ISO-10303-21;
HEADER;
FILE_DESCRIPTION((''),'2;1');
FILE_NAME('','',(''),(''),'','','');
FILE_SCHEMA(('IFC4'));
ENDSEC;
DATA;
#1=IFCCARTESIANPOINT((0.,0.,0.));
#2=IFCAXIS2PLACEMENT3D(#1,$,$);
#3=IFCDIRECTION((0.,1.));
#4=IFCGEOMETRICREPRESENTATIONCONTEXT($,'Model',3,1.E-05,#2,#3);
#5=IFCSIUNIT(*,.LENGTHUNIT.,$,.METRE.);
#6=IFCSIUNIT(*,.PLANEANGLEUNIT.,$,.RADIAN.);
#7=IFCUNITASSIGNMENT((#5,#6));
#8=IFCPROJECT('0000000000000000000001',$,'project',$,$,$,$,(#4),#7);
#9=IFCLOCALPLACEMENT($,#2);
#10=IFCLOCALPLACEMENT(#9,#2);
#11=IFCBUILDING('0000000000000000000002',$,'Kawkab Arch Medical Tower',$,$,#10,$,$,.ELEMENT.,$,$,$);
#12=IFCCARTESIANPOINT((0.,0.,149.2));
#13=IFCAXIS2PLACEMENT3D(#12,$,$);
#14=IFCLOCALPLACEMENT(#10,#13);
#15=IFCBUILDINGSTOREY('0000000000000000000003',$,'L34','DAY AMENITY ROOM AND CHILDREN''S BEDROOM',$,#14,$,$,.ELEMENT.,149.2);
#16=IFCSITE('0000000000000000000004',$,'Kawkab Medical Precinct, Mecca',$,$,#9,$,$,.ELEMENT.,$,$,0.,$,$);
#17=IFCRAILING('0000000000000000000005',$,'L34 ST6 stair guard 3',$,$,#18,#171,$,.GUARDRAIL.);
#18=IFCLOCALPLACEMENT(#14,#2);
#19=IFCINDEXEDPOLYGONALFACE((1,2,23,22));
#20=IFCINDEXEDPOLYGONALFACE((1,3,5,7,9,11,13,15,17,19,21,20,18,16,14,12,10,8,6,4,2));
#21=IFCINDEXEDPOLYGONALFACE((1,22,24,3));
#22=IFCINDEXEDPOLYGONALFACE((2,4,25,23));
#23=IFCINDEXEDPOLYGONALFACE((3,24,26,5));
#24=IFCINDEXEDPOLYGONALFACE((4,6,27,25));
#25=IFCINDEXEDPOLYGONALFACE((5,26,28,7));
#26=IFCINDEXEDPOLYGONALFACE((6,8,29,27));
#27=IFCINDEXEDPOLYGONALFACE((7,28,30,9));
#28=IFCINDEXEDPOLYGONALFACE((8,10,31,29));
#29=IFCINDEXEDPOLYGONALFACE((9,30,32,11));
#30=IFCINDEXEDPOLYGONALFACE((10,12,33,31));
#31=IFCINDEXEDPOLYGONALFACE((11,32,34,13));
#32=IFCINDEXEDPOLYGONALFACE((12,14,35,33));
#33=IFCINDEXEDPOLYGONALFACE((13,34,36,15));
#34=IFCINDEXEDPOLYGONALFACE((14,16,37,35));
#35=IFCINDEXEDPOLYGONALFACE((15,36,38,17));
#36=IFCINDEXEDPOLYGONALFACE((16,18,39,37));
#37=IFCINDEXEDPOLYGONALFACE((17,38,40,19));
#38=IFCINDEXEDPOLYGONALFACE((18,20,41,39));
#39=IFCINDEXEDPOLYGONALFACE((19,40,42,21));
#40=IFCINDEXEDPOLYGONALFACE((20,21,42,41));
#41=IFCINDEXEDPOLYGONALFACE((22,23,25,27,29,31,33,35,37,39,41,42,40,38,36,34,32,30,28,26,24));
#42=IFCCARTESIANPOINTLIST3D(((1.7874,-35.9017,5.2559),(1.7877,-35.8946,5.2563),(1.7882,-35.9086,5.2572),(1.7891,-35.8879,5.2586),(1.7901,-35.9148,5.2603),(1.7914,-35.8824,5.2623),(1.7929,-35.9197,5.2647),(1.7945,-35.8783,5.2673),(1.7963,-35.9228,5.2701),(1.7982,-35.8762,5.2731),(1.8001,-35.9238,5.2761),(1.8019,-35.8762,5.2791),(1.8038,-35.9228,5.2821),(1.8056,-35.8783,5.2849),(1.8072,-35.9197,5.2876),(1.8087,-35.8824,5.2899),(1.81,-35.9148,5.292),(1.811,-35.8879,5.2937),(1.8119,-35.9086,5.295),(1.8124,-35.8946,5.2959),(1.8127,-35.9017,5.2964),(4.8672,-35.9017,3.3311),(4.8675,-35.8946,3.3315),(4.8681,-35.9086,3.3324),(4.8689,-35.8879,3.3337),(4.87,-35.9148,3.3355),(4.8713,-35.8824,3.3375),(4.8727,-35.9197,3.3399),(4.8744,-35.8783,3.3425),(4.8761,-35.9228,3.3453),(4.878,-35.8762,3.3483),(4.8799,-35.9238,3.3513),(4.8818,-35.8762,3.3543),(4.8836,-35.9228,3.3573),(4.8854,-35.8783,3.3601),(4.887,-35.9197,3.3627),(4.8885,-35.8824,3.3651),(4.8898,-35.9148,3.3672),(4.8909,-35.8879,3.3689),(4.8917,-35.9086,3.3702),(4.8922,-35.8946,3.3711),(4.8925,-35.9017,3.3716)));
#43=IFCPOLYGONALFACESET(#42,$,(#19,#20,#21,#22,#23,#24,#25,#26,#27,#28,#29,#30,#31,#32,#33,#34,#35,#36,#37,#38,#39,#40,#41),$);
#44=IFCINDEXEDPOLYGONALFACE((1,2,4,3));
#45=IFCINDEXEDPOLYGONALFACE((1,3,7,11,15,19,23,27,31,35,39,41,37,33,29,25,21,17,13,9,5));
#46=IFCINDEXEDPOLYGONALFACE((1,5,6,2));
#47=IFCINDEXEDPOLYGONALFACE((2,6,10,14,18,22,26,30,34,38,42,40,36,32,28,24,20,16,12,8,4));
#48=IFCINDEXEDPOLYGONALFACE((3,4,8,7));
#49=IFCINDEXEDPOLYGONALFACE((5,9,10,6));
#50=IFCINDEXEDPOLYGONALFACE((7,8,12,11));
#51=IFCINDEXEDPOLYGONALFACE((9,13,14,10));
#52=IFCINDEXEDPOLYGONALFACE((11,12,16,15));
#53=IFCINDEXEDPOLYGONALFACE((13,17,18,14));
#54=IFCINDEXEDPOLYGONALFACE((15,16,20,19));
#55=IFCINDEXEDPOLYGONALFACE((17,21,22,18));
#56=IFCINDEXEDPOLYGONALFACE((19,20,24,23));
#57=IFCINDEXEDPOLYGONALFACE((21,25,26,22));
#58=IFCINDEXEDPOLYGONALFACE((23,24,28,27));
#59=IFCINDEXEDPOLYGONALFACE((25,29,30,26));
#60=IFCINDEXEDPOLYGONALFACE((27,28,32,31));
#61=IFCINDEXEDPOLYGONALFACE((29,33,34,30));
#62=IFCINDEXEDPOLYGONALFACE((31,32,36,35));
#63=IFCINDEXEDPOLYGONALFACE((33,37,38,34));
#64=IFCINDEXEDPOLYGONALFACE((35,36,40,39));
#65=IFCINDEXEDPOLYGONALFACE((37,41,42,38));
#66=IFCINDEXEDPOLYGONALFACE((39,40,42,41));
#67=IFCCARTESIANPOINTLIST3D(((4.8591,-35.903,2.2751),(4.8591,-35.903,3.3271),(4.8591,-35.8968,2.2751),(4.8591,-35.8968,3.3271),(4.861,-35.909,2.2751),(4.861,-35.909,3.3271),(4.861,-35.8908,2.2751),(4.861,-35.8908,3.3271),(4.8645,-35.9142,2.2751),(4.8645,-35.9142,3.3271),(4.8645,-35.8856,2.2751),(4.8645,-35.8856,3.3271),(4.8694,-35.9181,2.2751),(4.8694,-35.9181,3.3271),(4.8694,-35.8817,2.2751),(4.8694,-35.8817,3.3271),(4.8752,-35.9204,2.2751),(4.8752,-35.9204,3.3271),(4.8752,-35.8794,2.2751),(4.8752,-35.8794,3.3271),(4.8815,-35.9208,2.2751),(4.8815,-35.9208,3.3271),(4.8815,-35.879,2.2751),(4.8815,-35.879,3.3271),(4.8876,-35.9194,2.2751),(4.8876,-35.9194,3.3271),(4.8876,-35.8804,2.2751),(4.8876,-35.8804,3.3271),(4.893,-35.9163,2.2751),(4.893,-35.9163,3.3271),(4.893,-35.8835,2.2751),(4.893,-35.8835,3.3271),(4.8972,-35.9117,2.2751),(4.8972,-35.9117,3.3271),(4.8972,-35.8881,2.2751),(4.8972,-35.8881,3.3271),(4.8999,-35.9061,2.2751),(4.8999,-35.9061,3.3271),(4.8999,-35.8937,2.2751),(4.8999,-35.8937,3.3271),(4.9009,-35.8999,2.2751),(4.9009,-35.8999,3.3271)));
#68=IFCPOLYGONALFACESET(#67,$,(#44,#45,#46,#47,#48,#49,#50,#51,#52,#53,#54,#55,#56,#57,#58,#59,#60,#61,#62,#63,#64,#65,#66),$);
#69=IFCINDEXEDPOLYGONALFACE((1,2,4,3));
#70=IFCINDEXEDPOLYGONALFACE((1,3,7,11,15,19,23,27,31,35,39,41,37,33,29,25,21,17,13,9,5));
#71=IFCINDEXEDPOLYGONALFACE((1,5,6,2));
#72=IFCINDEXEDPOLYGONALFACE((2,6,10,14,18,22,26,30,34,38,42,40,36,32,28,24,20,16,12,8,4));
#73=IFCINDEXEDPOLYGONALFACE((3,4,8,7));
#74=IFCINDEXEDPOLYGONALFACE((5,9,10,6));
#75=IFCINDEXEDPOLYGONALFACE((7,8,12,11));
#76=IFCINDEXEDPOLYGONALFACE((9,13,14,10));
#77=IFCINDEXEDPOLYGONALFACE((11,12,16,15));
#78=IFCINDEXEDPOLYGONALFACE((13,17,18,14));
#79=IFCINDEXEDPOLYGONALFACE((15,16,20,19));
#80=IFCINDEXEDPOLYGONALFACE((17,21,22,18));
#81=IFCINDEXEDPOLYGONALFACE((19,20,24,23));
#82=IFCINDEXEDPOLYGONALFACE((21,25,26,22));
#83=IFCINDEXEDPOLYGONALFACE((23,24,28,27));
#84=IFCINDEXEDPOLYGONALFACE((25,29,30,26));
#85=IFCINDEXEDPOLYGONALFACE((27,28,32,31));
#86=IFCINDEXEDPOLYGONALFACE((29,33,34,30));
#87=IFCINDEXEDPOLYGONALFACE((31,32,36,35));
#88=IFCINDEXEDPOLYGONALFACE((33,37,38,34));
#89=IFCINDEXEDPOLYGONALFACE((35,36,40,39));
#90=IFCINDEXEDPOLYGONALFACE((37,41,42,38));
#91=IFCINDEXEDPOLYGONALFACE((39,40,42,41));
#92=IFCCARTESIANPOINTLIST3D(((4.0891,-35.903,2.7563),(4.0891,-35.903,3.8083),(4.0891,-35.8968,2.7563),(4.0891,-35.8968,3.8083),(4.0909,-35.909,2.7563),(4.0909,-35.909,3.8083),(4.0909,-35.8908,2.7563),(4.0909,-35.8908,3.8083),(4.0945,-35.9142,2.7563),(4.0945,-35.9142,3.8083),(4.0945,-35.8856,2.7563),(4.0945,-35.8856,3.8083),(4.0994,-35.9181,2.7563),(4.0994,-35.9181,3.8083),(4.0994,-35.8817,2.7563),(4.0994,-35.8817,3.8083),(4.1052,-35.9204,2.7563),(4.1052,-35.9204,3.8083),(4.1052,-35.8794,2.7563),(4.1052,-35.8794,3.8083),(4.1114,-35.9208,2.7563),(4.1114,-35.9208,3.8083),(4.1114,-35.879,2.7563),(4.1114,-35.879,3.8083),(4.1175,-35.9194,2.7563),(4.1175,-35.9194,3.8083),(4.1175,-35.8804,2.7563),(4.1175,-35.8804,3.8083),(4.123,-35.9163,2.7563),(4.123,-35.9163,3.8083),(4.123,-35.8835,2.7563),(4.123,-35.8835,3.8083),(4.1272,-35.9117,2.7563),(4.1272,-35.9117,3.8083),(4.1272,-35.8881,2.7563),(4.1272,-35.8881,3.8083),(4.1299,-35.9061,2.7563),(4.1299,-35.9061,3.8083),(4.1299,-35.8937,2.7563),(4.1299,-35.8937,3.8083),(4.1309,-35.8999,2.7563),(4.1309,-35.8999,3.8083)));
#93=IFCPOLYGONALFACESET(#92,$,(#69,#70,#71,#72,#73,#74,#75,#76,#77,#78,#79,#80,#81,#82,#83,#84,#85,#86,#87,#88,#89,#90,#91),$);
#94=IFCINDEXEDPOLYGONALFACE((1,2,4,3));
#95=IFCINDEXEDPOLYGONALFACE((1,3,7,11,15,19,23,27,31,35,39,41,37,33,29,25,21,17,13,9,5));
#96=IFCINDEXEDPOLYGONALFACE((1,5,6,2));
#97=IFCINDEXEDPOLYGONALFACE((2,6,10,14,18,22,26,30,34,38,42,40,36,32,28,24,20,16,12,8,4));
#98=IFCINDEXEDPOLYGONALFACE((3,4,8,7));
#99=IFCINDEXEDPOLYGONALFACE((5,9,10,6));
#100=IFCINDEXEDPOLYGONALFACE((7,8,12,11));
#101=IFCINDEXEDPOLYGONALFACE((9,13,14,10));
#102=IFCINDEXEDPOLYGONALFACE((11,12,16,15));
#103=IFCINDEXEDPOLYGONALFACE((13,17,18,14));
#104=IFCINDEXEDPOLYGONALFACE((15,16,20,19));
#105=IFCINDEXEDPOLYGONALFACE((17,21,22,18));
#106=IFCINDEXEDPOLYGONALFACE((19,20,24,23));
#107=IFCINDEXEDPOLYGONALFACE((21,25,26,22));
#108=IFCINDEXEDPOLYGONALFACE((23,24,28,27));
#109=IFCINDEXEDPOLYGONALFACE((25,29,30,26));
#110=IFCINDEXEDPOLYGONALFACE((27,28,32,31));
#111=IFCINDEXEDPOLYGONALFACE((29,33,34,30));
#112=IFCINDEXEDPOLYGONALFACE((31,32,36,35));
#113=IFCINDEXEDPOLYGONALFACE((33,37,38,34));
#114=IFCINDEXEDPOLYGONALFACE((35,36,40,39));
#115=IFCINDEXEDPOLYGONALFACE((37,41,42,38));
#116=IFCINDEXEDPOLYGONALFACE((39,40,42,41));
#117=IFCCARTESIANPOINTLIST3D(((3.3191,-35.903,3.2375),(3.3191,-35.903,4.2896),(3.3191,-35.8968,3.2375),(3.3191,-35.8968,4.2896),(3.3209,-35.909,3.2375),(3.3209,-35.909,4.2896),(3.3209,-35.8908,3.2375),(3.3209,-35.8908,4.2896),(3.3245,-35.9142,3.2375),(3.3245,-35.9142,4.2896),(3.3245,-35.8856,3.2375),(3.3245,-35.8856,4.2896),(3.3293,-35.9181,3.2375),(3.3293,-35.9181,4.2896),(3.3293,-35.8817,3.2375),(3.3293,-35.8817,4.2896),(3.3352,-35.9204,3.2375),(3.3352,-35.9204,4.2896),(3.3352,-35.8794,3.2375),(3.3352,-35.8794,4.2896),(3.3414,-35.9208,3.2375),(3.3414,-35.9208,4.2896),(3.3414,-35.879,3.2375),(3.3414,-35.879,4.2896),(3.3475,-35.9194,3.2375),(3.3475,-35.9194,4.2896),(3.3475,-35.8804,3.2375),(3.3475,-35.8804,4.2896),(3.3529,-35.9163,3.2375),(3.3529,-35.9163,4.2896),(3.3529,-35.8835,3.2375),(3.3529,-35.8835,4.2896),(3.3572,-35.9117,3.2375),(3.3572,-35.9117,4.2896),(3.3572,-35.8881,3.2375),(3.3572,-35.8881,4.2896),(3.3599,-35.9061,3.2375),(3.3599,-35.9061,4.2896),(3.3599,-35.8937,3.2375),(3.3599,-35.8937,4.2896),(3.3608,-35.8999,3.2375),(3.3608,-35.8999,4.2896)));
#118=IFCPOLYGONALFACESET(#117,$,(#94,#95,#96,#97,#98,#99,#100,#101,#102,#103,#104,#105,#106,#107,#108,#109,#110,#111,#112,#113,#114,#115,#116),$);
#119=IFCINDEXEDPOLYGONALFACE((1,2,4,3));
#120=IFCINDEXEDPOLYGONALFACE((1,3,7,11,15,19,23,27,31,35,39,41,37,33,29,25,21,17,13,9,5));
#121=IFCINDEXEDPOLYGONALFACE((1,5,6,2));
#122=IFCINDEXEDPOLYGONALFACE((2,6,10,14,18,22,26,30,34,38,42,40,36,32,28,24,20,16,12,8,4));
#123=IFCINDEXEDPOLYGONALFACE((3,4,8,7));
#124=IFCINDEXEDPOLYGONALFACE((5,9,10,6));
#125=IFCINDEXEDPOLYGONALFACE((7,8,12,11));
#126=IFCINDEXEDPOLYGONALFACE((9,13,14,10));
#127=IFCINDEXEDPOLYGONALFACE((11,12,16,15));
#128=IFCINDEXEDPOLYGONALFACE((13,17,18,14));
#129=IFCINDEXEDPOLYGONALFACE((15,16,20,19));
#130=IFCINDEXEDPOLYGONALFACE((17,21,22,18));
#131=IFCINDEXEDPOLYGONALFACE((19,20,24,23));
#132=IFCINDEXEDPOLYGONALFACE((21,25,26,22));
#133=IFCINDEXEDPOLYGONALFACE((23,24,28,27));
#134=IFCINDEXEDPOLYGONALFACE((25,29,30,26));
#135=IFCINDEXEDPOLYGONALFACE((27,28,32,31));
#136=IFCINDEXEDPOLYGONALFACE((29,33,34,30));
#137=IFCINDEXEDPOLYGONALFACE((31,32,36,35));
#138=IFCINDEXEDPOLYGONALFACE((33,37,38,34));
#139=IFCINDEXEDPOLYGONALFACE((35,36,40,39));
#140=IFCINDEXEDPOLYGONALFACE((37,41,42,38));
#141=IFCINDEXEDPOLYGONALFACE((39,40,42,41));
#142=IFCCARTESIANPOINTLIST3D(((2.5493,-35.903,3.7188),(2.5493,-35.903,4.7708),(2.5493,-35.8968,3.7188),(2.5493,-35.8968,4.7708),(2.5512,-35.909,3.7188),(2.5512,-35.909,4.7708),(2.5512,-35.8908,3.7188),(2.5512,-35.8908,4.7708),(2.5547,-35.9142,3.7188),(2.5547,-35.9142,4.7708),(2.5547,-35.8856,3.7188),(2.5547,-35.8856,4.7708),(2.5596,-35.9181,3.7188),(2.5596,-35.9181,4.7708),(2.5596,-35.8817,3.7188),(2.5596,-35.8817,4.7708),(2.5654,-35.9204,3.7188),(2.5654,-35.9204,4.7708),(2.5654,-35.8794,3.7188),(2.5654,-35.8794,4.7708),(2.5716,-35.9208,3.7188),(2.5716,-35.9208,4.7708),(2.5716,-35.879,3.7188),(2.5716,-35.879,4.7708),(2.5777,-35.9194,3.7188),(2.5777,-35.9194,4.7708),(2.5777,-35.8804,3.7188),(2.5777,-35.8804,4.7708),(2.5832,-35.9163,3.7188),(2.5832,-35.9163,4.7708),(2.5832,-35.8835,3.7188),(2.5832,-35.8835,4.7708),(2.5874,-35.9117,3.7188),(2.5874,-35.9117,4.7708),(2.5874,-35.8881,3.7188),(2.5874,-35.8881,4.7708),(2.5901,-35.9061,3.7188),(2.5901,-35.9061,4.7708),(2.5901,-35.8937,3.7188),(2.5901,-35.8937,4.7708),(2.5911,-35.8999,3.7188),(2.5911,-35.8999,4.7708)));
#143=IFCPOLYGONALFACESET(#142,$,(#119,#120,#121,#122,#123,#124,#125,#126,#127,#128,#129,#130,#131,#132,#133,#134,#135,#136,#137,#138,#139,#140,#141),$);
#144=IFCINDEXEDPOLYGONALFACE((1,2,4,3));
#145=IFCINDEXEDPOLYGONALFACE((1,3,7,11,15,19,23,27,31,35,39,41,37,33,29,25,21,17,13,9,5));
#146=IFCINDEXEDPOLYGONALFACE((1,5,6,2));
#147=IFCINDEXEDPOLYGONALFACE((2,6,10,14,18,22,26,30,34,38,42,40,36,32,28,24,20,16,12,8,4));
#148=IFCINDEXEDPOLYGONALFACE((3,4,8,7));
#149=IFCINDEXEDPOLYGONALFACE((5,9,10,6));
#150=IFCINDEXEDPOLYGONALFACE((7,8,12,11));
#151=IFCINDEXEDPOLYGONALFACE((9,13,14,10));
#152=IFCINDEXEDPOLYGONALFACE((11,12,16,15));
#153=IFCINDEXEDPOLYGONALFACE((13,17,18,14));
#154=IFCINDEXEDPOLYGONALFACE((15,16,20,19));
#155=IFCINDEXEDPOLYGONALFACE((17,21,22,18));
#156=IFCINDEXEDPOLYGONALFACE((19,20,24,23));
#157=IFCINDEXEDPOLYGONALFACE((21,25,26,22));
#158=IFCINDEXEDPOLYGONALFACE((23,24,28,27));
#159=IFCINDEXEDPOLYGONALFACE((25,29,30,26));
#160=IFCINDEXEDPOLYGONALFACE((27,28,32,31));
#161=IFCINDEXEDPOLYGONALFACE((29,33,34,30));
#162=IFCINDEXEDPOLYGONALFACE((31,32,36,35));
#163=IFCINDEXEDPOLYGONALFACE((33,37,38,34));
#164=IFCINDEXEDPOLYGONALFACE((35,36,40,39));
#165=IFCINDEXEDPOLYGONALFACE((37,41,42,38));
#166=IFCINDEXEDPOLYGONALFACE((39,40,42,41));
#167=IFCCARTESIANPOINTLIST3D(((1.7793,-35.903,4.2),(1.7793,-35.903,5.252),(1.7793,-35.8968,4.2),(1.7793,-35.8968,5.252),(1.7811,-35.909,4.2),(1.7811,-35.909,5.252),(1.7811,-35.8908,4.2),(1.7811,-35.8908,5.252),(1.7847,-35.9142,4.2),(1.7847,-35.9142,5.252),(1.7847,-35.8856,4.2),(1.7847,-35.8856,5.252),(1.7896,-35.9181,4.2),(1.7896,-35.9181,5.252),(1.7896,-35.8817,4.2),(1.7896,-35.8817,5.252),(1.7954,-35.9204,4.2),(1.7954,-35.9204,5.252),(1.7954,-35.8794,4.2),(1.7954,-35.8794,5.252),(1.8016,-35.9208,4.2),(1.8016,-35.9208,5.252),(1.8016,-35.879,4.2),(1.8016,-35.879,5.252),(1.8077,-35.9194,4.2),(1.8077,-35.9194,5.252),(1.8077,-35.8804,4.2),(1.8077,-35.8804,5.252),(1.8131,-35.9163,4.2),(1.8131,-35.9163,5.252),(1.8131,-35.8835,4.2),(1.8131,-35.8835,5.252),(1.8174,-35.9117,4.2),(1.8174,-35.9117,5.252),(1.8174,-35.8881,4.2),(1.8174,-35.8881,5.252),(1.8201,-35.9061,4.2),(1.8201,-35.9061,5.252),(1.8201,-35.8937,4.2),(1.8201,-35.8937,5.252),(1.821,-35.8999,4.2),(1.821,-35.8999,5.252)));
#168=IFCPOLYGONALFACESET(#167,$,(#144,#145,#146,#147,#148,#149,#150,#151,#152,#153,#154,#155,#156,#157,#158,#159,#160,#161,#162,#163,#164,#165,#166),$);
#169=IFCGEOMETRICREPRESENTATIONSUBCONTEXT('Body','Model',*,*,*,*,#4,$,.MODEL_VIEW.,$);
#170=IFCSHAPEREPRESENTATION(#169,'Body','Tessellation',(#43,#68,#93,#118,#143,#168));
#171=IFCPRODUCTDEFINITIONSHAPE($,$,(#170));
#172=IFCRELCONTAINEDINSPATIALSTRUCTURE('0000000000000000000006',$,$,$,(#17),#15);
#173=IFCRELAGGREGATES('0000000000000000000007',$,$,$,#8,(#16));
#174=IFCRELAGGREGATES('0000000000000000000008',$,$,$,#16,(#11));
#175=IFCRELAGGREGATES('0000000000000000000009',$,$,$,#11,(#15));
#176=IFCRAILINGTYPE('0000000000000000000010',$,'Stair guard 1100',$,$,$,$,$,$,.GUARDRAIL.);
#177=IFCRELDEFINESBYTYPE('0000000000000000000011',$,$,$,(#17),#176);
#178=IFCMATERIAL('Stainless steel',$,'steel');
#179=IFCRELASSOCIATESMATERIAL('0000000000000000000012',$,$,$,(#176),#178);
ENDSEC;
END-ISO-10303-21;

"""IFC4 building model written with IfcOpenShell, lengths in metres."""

from ifc_helpers import new_model, si_unit, direction, frame, origin, origin_2d, place, context, subcontext, project, spatial, circle, extrude, material, type_object, element, save


model = new_model("IFC4")

# Units and contexts
model_context = context("Model", 3, precision=1e-05, world=origin(), true_north=direction((0.0, 1.0)))
body_context = subcontext(model_context, "Body", "Model", "MODEL_VIEW")
ifc_project = project(units=[si_unit("LENGTHUNIT", "METRE"), si_unit("PLANEANGLEUNIT", "RADIAN")], contexts=[model_context])

# Site, building, storey
site_placement = place(None, origin())
site = spatial("IfcSite", under=ifc_project, at=site_placement, Name="Kawkab Medical Precinct, Mecca", CompositionType="ELEMENT", RefElevation=0.0)
building_placement = place(site_placement, origin())
building = spatial("IfcBuilding", under=site, at=building_placement, Name="Kawkab Arch Medical Tower", CompositionType="ELEMENT")
storey_placement = place(building_placement, frame((0.0, 0.0, 149.2)))
storey = spatial("IfcBuildingStorey", under=building, at=storey_placement, Name="L34", Description="DAY AMENITY ROOM AND CHILDREN'S BEDROOM", CompositionType="ELEMENT", Elevation=149.2)

# Railing
ifc_material_1 = material(Name="Stainless steel", Category="steel")
railing_type = type_object("IfcRailingType", Name="Stair guard 1100", PredefinedType="GUARDRAIL", material=ifc_material_1)
railing_1_placement = place(storey_placement, frame((4.8799, -35.8999, 2.2751)))
element("IfcRailing", 1, at=railing_1_placement, inside=storey, type_object=railing_type, Name="L34 ST6 stair guard 3", PredefinedType="GUARDRAIL", context=body_context, shape_type="SweptSolid", body=[
    extrude(circle(Radius=0.0239, at=origin_2d()), frame((0.0, 0.0, 1.0762), z_axis=(-0.84801, 0.0, 0.529981), x_axis=(0.0, -1.0, 0.0)), (0.0, 0.0, 1.0), 3.6318),
    extrude(circle(Radius=0.021, at=origin_2d()), origin(), (0.0, 0.0, 1.0), 1.052),
    extrude(circle(Radius=0.021, at=origin_2d()), frame((-0.77, 0.0, 0.4812)), (0.0, 0.0, 1.0), 1.052),
    extrude(circle(Radius=0.021, at=origin_2d()), frame((-1.54, 0.0, 0.9624)), (0.0, 0.0, 1.0), 1.052),
    extrude(circle(Radius=0.021, at=origin_2d()), frame((-2.3098, 0.0, 1.4436)), (0.0, 0.0, 1.0), 1.052),
    extrude(circle(Radius=0.021, at=origin_2d()), frame((-3.0798, 0.0, 1.9248)), (0.0, 0.0, 1.0), 1.052),
])

save(model, "model.ifc")
